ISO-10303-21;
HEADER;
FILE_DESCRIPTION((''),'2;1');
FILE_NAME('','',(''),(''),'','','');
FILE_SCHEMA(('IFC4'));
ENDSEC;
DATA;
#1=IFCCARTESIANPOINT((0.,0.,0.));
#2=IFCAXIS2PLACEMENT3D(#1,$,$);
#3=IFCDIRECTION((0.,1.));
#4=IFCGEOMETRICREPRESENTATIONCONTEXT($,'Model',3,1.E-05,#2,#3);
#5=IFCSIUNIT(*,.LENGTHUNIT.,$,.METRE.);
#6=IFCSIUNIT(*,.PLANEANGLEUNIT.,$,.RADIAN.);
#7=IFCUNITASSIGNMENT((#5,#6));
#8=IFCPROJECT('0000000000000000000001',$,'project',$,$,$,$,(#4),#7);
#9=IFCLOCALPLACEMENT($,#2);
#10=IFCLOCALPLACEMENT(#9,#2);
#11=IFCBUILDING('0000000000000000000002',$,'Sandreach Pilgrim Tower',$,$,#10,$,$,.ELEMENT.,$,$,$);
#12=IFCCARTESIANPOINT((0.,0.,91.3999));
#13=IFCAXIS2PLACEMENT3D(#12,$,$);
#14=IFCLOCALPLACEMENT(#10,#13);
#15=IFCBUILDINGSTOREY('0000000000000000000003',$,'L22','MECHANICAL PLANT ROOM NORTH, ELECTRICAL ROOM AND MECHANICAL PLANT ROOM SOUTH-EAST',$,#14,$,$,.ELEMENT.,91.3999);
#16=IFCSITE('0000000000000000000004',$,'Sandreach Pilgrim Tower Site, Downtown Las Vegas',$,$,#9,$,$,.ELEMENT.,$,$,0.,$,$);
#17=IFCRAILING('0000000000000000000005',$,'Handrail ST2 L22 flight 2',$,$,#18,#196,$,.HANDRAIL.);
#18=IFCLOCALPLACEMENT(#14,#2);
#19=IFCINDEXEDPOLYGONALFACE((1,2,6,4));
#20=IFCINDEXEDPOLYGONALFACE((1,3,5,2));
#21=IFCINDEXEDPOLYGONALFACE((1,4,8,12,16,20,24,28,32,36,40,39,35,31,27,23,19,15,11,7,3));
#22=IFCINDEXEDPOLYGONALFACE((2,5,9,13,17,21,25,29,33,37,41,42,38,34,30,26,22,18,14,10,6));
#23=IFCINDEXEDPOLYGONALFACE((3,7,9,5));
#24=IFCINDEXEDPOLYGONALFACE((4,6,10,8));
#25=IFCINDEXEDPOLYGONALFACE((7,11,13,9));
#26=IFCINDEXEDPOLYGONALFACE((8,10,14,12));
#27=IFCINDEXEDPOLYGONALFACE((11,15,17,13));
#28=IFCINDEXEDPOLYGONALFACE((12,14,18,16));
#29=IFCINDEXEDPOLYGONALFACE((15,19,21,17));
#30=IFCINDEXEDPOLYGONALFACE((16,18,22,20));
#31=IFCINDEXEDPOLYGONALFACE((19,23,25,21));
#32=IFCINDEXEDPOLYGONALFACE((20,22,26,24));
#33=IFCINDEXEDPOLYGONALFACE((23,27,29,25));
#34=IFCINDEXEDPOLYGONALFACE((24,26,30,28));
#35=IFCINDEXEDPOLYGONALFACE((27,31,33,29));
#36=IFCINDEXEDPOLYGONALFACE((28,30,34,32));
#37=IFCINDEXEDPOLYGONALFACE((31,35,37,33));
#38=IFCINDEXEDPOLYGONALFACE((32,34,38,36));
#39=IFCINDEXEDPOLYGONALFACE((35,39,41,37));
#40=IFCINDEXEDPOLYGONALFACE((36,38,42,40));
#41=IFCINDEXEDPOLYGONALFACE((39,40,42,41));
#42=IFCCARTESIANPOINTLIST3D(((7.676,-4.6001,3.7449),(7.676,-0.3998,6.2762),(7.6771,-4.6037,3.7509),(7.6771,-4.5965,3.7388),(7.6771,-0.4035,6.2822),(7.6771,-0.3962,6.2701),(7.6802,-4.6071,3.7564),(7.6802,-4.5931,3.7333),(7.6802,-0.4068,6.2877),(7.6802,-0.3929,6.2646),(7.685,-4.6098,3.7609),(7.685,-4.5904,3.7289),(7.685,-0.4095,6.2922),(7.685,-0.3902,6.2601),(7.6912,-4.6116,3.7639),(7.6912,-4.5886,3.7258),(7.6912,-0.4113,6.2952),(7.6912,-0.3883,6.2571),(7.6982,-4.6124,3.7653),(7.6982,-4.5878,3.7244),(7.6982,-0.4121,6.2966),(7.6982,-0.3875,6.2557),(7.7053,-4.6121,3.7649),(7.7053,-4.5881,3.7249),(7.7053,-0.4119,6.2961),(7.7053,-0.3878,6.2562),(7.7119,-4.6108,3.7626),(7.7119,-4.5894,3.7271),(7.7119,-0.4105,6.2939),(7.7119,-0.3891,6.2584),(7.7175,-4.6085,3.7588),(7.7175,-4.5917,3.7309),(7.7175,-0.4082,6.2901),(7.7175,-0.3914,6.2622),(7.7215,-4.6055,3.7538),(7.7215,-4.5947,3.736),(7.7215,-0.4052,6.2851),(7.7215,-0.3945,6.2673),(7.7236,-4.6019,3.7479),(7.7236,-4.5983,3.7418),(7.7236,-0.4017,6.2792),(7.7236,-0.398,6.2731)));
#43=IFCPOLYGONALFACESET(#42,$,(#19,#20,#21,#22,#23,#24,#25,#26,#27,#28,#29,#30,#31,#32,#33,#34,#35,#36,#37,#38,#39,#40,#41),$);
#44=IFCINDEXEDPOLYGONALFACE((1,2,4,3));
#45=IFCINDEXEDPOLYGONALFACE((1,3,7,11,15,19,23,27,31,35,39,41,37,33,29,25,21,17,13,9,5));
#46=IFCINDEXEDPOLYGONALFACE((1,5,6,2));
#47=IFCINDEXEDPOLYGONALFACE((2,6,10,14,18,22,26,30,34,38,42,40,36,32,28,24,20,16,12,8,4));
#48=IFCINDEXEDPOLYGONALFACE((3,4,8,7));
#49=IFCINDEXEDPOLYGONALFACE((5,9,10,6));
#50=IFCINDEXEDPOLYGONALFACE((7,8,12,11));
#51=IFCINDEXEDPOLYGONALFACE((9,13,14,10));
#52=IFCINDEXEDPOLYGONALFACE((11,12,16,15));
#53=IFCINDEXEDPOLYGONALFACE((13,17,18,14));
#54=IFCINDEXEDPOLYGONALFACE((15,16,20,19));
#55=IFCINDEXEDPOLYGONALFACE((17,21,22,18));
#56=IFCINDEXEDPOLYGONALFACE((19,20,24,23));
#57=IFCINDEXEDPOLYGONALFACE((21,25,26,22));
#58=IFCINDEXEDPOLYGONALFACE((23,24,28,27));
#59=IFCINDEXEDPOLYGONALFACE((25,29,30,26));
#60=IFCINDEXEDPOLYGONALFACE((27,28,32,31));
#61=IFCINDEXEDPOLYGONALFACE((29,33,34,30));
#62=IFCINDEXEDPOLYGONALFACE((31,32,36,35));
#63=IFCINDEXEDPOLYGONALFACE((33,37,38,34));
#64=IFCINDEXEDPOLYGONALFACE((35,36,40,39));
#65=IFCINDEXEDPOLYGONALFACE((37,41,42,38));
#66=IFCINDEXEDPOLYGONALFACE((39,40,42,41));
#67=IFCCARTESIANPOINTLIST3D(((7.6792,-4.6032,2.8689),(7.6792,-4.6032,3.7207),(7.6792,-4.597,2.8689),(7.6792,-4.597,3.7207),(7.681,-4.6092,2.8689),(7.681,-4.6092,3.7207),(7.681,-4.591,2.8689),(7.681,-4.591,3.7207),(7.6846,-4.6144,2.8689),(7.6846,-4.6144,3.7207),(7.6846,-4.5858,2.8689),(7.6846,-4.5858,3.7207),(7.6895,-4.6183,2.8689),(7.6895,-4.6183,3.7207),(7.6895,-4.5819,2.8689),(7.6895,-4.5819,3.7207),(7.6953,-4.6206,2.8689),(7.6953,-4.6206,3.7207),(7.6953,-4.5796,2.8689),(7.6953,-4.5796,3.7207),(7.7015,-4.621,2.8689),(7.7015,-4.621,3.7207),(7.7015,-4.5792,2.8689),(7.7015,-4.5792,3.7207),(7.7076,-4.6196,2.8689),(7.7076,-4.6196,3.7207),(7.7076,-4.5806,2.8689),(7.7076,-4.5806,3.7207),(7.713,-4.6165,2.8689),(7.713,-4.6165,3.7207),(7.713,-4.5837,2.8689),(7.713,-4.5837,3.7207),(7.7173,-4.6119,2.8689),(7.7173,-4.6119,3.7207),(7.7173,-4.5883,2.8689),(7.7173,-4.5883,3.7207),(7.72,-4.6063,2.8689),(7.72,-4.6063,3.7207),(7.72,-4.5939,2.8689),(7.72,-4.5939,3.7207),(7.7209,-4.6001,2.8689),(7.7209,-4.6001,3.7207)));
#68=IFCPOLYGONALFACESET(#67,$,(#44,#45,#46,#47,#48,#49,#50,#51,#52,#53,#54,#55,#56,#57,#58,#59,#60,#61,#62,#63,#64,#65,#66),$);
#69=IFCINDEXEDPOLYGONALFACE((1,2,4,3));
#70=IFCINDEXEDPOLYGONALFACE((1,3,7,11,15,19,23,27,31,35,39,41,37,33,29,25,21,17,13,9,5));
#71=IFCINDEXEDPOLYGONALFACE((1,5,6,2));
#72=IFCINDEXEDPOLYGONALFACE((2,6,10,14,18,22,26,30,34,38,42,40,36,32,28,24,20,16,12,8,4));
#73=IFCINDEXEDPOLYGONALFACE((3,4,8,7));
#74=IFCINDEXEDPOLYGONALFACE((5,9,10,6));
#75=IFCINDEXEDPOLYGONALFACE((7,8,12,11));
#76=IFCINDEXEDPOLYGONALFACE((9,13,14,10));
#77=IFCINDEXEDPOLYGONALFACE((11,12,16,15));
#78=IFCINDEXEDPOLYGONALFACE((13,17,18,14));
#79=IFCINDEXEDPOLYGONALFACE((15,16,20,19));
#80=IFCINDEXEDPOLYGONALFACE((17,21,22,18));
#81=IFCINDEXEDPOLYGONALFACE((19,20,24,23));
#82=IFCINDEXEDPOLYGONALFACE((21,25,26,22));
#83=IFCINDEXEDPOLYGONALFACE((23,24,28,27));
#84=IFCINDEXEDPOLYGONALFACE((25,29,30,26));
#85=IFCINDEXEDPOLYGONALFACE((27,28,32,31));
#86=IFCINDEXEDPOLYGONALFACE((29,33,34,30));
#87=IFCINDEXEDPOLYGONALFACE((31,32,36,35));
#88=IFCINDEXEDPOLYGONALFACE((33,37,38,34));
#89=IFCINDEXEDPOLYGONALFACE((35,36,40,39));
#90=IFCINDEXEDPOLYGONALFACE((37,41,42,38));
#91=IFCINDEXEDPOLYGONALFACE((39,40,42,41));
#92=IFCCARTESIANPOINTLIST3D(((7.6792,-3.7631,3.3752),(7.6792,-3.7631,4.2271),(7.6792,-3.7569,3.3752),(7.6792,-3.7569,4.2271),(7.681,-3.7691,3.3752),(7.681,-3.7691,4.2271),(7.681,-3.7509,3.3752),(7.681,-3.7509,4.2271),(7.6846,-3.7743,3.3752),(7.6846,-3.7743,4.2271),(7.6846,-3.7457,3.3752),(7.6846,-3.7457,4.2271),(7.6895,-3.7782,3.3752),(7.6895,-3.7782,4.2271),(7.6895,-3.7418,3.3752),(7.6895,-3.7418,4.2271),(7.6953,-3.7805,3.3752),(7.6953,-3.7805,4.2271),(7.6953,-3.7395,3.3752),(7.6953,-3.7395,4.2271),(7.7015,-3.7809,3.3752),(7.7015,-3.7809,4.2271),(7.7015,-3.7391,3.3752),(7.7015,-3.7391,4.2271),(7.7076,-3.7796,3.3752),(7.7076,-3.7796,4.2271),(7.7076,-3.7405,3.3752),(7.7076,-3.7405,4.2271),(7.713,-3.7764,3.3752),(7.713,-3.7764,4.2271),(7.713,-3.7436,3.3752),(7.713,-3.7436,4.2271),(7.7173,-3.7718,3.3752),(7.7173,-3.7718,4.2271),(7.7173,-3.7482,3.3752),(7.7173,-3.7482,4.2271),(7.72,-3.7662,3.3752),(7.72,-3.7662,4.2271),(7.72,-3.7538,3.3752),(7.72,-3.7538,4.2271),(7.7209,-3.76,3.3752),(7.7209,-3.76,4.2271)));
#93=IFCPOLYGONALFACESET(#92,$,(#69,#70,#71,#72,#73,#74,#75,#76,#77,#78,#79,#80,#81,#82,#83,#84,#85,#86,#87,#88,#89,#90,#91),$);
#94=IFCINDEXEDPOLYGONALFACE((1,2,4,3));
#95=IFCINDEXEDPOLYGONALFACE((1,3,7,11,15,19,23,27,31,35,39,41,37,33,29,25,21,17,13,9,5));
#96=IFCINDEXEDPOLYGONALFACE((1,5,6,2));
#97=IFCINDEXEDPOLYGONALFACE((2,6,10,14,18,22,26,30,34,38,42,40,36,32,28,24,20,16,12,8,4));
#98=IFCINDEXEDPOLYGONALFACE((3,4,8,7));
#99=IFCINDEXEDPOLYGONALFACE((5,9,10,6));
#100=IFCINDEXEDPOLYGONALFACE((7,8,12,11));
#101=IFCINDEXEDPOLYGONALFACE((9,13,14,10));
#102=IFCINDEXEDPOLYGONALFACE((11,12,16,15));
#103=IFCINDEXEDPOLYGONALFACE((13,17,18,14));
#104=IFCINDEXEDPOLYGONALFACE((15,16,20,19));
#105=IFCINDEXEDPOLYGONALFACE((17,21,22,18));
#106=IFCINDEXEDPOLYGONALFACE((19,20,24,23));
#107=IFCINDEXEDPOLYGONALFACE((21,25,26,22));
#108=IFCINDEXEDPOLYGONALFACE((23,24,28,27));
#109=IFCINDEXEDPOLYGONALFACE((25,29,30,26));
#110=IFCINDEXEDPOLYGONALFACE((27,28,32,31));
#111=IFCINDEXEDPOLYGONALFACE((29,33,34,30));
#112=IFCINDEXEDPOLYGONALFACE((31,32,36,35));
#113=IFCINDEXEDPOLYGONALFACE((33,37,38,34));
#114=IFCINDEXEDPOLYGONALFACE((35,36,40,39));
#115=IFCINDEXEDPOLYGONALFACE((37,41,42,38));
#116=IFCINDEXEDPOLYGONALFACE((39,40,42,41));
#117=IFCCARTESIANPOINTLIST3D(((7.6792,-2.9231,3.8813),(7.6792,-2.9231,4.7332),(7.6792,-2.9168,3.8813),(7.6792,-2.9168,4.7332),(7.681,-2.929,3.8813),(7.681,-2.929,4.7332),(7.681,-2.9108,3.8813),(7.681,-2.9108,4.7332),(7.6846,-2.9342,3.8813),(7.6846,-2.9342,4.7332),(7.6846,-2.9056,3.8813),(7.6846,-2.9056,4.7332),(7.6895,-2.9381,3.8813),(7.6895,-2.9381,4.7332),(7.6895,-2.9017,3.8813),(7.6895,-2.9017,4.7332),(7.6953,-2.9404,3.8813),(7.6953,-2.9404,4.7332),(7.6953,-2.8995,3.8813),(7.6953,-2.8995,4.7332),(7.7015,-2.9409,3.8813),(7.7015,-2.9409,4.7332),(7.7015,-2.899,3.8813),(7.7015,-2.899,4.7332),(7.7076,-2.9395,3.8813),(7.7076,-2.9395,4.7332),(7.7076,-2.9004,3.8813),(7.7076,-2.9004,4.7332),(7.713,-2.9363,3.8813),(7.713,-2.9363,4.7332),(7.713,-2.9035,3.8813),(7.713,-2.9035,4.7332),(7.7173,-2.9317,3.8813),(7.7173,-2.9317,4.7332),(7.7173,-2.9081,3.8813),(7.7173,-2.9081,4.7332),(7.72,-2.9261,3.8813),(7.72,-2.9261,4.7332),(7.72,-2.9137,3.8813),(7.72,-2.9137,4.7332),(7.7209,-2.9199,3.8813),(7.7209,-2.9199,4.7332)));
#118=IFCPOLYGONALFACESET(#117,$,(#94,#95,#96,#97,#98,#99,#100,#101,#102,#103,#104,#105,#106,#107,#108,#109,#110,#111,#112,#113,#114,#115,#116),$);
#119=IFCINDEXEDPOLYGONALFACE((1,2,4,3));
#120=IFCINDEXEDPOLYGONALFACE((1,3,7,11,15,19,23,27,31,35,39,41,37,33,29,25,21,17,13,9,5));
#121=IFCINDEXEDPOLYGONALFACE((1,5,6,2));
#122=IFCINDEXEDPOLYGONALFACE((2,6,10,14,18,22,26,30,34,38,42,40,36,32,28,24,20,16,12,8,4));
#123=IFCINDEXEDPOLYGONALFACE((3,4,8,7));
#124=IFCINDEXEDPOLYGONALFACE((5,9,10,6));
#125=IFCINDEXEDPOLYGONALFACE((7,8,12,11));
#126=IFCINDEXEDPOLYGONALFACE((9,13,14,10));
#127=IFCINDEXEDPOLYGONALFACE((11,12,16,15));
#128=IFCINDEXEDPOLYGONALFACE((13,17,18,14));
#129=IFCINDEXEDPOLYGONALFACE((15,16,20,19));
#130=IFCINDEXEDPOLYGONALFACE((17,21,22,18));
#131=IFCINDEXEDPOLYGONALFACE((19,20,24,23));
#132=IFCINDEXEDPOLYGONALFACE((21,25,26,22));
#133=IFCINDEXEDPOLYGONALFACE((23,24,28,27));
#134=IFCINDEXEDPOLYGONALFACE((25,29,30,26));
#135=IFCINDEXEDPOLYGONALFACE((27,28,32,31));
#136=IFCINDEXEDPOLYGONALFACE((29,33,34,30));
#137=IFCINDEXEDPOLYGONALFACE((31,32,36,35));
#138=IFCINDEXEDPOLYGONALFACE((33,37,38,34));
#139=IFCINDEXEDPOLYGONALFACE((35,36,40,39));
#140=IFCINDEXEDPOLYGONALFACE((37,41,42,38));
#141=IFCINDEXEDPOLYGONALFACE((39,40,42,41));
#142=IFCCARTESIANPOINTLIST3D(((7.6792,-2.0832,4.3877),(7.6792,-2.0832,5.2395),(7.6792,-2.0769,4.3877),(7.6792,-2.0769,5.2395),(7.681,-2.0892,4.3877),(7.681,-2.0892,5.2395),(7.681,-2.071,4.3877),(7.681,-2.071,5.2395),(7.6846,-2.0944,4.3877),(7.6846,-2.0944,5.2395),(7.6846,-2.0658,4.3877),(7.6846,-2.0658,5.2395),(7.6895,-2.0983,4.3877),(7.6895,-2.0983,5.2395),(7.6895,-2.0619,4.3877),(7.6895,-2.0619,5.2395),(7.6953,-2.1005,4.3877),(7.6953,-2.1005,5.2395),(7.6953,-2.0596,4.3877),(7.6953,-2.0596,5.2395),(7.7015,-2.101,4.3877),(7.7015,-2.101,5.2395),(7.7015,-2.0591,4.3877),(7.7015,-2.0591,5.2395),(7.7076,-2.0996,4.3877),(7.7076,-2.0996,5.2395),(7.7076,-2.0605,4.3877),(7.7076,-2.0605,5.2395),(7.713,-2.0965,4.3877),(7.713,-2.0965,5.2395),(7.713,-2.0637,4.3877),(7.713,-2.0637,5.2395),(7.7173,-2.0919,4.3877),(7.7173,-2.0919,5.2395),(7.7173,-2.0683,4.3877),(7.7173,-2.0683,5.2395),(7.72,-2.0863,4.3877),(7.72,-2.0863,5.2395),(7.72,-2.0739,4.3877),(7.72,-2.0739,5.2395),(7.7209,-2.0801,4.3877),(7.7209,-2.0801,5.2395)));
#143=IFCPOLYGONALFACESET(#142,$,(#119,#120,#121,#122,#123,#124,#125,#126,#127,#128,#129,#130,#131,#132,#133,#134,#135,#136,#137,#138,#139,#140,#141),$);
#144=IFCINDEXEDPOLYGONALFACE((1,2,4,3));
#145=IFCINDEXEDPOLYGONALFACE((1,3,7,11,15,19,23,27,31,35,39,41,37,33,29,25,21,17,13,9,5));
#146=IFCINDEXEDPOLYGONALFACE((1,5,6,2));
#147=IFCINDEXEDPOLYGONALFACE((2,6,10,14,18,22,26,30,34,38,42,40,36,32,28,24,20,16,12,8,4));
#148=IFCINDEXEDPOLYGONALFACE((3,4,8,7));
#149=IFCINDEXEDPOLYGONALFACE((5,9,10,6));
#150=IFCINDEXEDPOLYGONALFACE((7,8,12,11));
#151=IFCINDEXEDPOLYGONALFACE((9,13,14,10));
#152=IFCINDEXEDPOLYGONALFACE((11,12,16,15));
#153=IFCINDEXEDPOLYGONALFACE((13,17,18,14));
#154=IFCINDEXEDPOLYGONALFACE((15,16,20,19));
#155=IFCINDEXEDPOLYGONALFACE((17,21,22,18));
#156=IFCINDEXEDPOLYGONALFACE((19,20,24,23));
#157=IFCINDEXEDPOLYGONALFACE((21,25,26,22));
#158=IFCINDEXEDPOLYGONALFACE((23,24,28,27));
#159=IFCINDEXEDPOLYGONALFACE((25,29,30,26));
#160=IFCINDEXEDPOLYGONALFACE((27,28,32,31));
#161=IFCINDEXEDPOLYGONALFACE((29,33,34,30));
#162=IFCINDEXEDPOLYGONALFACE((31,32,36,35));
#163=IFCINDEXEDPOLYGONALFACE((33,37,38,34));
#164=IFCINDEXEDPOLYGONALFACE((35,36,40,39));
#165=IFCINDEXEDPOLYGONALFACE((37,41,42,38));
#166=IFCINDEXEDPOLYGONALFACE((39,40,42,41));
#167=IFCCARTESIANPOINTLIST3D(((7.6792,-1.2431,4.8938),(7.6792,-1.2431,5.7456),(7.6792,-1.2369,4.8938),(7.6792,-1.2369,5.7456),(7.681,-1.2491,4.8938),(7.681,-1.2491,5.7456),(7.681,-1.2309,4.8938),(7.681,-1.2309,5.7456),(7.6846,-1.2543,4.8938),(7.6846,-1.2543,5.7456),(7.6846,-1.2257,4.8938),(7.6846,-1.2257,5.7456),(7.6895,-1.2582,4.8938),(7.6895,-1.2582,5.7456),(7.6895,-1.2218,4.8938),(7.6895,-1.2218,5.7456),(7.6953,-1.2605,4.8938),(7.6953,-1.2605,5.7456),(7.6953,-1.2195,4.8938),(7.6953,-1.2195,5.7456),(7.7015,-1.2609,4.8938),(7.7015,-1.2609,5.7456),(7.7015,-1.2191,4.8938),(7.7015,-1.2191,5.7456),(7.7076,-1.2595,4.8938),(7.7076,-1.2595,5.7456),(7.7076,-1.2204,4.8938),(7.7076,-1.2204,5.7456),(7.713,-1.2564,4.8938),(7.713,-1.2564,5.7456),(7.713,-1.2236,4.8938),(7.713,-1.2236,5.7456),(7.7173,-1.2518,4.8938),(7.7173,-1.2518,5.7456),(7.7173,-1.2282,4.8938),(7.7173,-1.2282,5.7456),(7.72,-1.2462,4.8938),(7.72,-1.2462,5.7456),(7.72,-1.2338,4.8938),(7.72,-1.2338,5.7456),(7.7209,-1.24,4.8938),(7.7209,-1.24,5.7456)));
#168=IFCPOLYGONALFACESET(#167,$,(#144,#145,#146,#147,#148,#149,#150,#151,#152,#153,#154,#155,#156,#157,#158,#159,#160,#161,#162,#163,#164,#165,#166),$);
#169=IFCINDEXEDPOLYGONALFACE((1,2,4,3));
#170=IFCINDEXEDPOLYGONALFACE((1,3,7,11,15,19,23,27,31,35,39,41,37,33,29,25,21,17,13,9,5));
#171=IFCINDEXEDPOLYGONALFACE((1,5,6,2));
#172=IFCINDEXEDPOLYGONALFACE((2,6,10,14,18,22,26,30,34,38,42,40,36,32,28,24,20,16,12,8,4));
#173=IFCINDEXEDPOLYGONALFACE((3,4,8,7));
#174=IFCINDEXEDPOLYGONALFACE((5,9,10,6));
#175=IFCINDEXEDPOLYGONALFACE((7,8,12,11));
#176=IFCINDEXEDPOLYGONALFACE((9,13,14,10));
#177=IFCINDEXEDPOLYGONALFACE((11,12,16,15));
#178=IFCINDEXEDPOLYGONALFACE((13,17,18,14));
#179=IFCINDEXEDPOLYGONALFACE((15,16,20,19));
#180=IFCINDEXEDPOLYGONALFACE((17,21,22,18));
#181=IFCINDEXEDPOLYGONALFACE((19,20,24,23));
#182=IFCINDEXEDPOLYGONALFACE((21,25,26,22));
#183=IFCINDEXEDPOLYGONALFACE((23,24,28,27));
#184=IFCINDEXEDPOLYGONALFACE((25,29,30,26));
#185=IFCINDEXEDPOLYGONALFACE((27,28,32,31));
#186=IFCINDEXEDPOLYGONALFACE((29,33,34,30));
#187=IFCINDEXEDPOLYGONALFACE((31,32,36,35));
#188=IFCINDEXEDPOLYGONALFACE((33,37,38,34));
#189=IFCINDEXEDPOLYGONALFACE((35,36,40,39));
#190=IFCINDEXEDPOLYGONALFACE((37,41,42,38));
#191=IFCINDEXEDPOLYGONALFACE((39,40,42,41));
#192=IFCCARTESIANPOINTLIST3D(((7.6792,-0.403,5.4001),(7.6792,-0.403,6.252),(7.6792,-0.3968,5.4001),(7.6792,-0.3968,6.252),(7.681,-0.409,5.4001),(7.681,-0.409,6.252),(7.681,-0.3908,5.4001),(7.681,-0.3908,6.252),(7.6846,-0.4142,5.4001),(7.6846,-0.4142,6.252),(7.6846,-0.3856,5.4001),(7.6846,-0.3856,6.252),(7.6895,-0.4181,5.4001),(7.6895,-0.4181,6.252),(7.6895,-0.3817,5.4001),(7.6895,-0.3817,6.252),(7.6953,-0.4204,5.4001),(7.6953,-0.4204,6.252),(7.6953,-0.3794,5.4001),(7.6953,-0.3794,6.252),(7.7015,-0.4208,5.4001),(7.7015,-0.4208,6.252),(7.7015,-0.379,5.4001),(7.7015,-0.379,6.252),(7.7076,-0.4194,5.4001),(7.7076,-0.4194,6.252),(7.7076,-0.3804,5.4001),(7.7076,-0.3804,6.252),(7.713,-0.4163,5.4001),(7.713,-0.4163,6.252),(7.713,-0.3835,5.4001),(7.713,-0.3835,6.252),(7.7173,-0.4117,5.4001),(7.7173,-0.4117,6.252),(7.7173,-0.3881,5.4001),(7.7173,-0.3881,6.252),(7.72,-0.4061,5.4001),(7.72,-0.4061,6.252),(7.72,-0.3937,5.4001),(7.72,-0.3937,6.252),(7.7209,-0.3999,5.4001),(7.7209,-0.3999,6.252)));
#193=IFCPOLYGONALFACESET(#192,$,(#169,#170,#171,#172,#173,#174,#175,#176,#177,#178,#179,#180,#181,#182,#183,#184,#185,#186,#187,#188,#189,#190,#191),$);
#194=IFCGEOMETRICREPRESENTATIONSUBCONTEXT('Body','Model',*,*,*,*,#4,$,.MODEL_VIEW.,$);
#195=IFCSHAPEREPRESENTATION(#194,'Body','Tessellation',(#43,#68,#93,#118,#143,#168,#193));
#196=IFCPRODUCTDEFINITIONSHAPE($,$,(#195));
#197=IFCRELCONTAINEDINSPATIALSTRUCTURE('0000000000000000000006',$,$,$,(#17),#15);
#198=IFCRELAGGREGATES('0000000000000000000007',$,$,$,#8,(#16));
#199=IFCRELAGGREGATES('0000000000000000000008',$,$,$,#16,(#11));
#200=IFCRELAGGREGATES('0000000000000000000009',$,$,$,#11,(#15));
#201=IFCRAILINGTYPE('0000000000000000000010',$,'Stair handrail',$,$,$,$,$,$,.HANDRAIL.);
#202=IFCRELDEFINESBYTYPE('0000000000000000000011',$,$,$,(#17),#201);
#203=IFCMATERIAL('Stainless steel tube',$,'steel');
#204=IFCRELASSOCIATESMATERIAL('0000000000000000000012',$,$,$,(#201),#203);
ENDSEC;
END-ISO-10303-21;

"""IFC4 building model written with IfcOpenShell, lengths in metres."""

from ifc_helpers import new_model, si_unit, direction, frame, origin, origin_2d, place, context, subcontext, project, spatial, circle, extrude, material, type_object, element, save


model = new_model("IFC4")

# Units and contexts
model_context = context("Model", 3, precision=1e-05, world=origin(), true_north=direction((0.0, 1.0)))
body_context = subcontext(model_context, "Body", "Model", "MODEL_VIEW")
ifc_project = project(units=[si_unit("LENGTHUNIT", "METRE"), si_unit("PLANEANGLEUNIT", "RADIAN")], contexts=[model_context])

# Site, building, storey
site_placement = place(None, origin())
site = spatial("IfcSite", under=ifc_project, at=site_placement, Name="Sandreach Pilgrim Tower Site, Downtown Las Vegas", CompositionType="ELEMENT", RefElevation=0.0)
building_placement = place(site_placement, origin())
building = spatial("IfcBuilding", under=site, at=building_placement, Name="Sandreach Pilgrim Tower", CompositionType="ELEMENT")
storey_placement = place(building_placement, frame((0.0, 0.0, 91.3999)))
storey = spatial("IfcBuildingStorey", under=building, at=storey_placement, Name="L22", Description="MECHANICAL PLANT ROOM NORTH, ELECTRICAL ROOM AND MECHANICAL PLANT ROOM SOUTH-EAST", CompositionType="ELEMENT", Elevation=91.3999)

# Railing
ifc_material_1 = material(Name="Stainless steel tube", Category="steel")
railing_type = type_object("IfcRailingType", Name="Stair handrail", PredefinedType="HANDRAIL", material=ifc_material_1)
for number, where, name in (
    (1, (7.7, -4.6001, 2.8689), "Handrail ST2 L22 flight 2"),
):
    element("IfcRailing", number, at=place(storey_placement, frame(where)), inside=storey, type_object=railing_type, Name=name, PredefinedType="HANDRAIL", context=body_context, shape_type="SweptSolid", body=[
        extrude(circle(Radius=0.0239, at=origin_2d()), frame((0.0, 0.0, 0.876), z_axis=(0.0, 0.85649, 0.516164), x_axis=(-1.0, 0.0, 0.0)), (0.0, 0.0, 1.0), 4.9041),
        extrude(circle(Radius=0.021, at=origin_2d()), origin(), (0.0, 0.0, 1.0), 0.8518),
        extrude(circle(Radius=0.021, at=origin_2d()), frame((0.0, 0.8401, 0.5063)), (0.0, 0.0, 1.0), 0.8518),
        extrude(circle(Radius=0.021, at=origin_2d()), frame((0.0, 1.6802, 1.0125)), (0.0, 0.0, 1.0), 0.8518),
        extrude(circle(Radius=0.021, at=origin_2d()), frame((0.0, 2.52, 1.5188)), (0.0, 0.0, 1.0), 0.8518),
        extrude(circle(Radius=0.021, at=origin_2d()), frame((0.0, 3.3601, 2.0249)), (0.0, 0.0, 1.0), 0.8518),
        extrude(circle(Radius=0.021, at=origin_2d()), frame((0.0, 4.2002, 2.5312)), (0.0, 0.0, 1.0), 0.8518),
    ])

save(model, "model.ifc")
